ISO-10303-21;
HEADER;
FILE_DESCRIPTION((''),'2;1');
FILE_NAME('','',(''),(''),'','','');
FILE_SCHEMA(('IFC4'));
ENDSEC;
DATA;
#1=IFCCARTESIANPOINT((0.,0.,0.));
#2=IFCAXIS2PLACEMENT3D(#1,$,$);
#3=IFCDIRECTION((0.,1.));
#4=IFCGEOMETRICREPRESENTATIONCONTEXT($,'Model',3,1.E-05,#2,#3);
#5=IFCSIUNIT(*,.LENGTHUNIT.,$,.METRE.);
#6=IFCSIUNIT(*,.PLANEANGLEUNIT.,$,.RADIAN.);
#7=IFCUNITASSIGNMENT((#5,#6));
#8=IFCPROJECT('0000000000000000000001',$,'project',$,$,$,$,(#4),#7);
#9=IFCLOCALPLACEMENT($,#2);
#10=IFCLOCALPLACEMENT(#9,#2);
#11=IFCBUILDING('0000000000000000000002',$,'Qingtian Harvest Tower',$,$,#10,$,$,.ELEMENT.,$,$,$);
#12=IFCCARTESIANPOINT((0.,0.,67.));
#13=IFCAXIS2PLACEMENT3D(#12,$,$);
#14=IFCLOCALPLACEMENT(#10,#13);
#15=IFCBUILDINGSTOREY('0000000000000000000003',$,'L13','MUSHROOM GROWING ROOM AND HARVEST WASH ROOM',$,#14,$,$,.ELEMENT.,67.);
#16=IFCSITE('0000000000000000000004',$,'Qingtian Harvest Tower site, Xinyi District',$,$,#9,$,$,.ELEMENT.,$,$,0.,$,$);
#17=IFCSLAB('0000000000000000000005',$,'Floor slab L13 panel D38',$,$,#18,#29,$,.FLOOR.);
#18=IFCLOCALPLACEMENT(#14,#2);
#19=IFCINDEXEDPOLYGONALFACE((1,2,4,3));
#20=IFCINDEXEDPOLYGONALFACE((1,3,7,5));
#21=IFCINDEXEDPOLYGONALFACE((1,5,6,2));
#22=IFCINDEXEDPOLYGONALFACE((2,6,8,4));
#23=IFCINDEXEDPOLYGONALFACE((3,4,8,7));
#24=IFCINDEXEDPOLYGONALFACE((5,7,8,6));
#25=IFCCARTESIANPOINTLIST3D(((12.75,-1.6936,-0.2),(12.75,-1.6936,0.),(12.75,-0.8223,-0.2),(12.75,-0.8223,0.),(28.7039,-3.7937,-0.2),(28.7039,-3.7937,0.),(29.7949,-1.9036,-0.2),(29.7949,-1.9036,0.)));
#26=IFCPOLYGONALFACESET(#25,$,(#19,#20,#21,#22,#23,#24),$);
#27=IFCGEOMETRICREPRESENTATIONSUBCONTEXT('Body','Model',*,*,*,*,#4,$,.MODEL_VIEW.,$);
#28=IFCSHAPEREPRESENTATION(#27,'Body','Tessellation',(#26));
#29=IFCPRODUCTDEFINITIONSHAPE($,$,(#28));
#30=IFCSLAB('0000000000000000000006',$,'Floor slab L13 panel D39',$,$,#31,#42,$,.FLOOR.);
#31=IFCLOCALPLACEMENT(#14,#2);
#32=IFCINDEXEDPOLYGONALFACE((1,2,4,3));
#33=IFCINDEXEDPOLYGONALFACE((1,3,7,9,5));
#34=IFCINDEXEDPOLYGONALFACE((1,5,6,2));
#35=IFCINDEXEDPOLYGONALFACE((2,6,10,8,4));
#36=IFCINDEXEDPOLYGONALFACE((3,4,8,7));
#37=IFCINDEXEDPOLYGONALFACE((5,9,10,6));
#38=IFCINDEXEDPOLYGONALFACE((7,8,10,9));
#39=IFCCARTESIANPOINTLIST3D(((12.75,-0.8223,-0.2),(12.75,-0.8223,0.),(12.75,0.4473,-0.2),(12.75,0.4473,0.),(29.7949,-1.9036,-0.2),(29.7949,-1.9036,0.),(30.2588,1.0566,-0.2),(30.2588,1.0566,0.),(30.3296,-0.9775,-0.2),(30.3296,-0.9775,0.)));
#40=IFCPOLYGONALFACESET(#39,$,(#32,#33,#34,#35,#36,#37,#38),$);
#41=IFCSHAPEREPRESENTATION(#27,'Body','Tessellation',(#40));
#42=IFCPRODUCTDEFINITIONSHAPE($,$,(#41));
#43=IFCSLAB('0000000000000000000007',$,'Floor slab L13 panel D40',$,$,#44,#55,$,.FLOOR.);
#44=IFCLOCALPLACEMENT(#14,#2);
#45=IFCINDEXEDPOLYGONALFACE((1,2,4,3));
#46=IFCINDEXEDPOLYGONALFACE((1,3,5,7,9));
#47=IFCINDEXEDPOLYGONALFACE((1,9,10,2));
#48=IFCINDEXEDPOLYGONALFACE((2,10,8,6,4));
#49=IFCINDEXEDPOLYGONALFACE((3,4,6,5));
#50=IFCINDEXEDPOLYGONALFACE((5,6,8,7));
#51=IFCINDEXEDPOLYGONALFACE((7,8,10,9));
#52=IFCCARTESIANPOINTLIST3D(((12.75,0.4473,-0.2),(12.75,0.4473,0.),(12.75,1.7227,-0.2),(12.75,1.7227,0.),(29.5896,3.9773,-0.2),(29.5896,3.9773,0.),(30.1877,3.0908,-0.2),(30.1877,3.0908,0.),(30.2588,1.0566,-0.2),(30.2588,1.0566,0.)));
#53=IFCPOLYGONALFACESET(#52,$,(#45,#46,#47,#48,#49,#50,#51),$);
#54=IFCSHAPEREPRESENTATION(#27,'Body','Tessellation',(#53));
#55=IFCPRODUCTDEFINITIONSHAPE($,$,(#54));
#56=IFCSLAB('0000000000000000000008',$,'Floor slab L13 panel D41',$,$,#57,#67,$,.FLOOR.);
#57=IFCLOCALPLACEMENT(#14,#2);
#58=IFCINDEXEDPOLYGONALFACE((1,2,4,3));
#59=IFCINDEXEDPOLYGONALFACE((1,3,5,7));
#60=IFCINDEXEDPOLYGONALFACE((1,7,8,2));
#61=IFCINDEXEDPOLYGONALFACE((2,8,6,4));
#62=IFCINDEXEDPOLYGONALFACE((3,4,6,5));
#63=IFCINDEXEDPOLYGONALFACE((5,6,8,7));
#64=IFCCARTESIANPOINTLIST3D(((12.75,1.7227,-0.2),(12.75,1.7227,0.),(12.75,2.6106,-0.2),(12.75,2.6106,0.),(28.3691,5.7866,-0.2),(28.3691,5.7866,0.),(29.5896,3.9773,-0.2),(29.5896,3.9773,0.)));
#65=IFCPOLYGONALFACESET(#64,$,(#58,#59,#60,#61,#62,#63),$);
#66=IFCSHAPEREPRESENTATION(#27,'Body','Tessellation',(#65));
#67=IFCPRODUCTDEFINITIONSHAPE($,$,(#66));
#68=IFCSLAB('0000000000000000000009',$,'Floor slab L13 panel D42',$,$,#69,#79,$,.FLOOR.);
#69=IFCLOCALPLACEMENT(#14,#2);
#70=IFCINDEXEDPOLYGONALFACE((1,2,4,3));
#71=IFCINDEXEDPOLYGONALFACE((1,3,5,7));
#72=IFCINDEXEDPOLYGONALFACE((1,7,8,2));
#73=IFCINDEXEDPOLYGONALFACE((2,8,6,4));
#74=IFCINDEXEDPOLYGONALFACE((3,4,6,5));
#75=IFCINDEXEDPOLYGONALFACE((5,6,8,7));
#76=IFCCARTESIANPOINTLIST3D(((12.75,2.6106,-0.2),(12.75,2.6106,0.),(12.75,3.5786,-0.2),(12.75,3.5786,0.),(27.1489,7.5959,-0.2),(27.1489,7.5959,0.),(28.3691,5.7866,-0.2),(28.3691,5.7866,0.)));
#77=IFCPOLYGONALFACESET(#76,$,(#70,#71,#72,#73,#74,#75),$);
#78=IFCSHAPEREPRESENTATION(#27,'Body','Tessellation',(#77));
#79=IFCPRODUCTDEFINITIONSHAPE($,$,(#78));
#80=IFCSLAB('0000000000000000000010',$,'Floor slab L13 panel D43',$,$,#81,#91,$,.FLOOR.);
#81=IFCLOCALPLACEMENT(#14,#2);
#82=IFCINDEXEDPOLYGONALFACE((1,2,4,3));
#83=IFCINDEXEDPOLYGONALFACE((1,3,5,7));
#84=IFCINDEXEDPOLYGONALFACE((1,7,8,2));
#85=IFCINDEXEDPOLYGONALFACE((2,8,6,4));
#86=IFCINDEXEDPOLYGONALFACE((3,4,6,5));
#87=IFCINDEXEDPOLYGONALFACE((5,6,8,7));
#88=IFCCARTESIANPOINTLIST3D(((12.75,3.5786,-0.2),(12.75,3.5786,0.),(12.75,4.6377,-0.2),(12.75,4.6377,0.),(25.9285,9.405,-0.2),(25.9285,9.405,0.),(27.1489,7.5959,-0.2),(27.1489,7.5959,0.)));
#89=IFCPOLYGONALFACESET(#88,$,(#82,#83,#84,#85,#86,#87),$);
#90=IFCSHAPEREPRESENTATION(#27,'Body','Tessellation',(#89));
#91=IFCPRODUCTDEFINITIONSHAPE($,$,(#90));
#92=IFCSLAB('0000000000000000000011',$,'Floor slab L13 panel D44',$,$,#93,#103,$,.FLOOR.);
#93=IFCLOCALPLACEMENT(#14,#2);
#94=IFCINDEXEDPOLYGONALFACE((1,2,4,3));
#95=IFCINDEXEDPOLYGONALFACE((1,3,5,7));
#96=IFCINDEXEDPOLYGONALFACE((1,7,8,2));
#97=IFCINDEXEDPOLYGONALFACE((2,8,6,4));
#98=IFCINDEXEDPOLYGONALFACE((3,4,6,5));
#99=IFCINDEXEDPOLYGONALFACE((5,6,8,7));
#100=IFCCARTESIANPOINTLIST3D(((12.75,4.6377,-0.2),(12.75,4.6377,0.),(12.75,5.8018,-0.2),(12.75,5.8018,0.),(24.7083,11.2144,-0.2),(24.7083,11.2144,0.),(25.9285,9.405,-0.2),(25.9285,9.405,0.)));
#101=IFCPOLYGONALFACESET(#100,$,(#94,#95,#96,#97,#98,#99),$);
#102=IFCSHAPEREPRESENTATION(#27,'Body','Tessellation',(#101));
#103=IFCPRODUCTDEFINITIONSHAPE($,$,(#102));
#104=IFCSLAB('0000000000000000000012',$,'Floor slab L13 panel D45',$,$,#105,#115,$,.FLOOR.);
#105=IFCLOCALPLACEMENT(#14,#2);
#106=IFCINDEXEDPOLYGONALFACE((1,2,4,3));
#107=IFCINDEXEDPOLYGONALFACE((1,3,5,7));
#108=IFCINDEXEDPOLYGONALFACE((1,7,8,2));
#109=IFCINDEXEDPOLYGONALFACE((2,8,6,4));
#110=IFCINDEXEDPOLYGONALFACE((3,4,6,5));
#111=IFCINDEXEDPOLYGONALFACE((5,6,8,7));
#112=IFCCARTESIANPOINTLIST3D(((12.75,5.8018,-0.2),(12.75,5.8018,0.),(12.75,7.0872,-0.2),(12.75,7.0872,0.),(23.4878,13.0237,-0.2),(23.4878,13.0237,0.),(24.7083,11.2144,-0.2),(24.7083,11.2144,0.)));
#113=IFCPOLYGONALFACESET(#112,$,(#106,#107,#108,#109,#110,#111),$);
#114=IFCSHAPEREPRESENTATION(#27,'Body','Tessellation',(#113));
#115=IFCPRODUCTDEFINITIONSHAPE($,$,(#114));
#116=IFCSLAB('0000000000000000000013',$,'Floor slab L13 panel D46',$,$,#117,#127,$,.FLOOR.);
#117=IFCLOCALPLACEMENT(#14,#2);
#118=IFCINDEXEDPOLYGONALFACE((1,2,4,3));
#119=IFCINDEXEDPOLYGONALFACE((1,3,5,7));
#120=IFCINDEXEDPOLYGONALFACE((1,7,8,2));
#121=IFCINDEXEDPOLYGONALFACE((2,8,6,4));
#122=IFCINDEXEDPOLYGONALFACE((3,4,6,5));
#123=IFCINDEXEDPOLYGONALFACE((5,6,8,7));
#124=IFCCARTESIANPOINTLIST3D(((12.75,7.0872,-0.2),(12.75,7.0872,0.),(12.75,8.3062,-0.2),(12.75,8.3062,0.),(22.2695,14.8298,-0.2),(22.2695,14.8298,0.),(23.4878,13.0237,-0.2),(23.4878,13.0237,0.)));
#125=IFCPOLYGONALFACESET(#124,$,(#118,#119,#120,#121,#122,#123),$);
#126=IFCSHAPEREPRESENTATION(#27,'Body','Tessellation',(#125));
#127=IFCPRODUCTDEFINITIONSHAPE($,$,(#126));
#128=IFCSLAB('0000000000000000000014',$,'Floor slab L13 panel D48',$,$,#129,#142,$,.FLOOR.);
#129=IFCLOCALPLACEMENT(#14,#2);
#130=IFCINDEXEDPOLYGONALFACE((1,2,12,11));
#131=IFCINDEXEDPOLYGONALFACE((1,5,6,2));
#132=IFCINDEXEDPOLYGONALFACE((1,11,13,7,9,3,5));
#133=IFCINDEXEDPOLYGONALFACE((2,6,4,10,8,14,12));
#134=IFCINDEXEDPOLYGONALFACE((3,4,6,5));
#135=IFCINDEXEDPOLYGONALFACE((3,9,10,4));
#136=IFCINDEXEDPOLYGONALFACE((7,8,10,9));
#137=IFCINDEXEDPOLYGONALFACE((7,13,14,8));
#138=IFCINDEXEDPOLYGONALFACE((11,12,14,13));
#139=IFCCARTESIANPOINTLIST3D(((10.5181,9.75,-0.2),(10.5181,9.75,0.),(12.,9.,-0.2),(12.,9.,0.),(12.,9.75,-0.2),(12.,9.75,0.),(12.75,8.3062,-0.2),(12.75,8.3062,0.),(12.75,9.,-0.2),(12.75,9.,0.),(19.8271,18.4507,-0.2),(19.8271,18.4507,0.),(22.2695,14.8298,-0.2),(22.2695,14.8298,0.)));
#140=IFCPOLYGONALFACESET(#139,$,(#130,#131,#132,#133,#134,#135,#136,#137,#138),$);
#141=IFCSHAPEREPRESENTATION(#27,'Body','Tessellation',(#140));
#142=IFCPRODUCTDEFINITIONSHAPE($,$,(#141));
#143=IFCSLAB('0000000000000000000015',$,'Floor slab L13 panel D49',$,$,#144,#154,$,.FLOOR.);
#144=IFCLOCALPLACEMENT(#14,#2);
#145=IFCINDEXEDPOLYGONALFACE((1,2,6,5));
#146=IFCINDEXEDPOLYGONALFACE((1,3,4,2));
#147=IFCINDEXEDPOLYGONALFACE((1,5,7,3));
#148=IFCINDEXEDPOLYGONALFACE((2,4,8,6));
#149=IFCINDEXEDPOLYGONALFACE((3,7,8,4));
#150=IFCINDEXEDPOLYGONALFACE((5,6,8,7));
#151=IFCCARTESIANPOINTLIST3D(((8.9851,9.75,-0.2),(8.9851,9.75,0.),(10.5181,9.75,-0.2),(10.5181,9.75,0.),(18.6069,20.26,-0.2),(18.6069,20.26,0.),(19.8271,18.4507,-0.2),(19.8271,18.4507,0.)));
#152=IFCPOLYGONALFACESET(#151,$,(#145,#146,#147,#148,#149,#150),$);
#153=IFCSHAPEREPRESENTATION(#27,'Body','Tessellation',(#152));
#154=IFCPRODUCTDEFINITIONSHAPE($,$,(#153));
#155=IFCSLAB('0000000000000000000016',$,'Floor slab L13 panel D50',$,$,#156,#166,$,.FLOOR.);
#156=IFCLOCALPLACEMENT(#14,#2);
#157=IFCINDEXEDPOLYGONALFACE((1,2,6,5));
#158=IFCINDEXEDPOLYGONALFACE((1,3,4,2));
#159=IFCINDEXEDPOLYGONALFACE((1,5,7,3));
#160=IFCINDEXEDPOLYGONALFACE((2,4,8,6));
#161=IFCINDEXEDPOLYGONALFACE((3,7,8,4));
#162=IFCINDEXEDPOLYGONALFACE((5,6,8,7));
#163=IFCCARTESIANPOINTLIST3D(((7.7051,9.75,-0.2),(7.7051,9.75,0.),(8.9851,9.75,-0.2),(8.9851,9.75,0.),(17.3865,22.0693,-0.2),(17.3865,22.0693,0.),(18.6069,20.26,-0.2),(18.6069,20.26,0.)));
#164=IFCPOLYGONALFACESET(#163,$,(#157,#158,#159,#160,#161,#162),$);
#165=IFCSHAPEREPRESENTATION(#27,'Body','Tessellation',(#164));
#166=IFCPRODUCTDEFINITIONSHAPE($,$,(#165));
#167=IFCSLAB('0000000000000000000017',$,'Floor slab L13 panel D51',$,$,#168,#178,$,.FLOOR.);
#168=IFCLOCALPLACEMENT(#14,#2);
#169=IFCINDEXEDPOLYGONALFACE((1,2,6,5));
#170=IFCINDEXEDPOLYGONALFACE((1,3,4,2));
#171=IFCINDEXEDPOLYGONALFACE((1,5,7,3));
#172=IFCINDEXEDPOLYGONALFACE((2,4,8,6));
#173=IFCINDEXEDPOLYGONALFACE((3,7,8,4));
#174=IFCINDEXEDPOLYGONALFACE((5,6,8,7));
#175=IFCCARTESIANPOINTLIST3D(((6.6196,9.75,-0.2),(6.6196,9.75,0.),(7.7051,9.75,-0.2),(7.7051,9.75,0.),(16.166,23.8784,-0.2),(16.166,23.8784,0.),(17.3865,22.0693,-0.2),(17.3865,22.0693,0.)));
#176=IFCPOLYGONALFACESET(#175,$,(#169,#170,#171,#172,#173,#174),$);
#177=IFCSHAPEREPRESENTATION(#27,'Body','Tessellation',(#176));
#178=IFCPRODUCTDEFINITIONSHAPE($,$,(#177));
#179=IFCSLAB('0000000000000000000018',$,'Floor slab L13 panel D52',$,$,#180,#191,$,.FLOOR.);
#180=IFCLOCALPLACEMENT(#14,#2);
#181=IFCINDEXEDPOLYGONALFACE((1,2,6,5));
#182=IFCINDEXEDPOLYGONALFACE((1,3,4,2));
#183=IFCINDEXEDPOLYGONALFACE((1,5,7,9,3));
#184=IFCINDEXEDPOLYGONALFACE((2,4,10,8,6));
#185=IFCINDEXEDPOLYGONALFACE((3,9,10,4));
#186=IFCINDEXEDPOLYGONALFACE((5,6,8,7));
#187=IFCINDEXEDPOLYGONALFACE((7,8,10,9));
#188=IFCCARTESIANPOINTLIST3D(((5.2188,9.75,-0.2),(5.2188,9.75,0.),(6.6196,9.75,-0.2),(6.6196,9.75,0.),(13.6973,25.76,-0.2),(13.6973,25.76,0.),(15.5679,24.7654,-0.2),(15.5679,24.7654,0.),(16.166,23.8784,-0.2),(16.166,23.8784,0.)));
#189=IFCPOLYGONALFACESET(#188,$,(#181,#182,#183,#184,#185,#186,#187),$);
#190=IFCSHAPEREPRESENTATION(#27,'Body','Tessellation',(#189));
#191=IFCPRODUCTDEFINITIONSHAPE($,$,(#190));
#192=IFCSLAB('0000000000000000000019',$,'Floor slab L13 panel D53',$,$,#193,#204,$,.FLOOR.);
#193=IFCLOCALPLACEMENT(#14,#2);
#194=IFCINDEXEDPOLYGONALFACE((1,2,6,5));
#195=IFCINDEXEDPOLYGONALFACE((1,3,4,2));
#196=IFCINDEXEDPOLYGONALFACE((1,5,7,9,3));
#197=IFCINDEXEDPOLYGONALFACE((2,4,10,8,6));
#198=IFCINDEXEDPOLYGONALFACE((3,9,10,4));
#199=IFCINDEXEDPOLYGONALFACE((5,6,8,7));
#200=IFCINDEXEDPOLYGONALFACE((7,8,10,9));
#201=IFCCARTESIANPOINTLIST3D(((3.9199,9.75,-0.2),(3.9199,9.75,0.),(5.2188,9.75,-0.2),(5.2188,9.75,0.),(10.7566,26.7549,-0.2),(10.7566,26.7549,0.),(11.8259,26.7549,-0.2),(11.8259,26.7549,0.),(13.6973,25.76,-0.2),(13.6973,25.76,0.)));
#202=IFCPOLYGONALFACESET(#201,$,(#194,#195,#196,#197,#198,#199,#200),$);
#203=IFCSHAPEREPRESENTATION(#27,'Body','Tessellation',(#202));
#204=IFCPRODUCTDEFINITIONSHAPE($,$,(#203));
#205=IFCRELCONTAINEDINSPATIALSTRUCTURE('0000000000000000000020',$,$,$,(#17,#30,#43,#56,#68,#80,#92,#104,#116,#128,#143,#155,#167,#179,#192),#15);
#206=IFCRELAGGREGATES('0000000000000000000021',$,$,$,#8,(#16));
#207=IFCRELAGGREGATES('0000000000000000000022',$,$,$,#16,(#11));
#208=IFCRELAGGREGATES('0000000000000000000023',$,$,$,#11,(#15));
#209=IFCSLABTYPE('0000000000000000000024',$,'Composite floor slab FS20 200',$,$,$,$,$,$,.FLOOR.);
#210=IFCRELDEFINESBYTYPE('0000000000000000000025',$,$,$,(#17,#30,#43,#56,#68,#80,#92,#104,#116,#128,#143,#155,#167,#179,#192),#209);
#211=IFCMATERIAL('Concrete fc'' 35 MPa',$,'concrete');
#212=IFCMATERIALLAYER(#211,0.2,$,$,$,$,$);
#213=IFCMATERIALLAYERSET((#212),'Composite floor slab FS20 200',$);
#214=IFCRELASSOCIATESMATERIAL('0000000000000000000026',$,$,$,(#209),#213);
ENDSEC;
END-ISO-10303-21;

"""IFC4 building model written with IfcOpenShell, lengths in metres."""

from ifc_helpers import new_model, si_unit, direction, frame, origin, place, context, subcontext, project, spatial, polyline, outline, extrude, material, layer, layer_set, type_object, element, save


model = new_model("IFC4")

# Units and contexts
model_context = context("Model", 3, precision=1e-05, world=origin(), true_north=direction((0.0, 1.0)))
body_context = subcontext(model_context, "Body", "Model", "MODEL_VIEW")
ifc_project = project(units=[si_unit("LENGTHUNIT", "METRE"), si_unit("PLANEANGLEUNIT", "RADIAN")], contexts=[model_context])

# Site, building, storey
site_placement = place(None, origin())
site = spatial("IfcSite", under=ifc_project, at=site_placement, Name="Qingtian Harvest Tower site, Xinyi District", CompositionType="ELEMENT", RefElevation=0.0)
building_placement = place(site_placement, origin())
building = spatial("IfcBuilding", under=site, at=building_placement, Name="Qingtian Harvest Tower", CompositionType="ELEMENT")
storey_placement = place(building_placement, frame((0.0, 0.0, 67.0)))
storey = spatial("IfcBuildingStorey", under=building, at=storey_placement, Name="L13", Description="MUSHROOM GROWING ROOM AND HARVEST WASH ROOM", CompositionType="ELEMENT", Elevation=67.0)

# Slabs
ifc_material_1 = material(Name="Concrete fc' 35 MPa", Category="concrete")
ifc_layer_1 = layer(ifc_material_1, 0.2)
ifc_layer_set_1 = layer_set([ifc_layer_1], Name="Composite floor slab FS20 200")
slab_type = type_object("IfcSlabType", Name="Composite floor slab FS20 200", PredefinedType="FLOOR", material=ifc_layer_set_1)
slab_1_placement = place(storey_placement, frame((0.0, 0.0, -0.2)))
element("IfcSlab", 1, at=slab_1_placement, inside=storey, type_object=slab_type, Name="Floor slab L13 panel D38", PredefinedType="FLOOR", context=body_context, shape_type="SweptSolid", body=[
    extrude(outline(polyline([(12.75, -0.8223), (29.7949, -1.9036), (28.7039, -3.7937), (12.75, -1.6936), (12.75, -0.8223)])), origin(), (0.0, 0.0, 1.0), 0.2),
])
slab_2_placement = place(storey_placement, frame((0.0, 0.0, -0.2)))
element("IfcSlab", 2, at=slab_2_placement, inside=storey, type_object=slab_type, Name="Floor slab L13 panel D39", PredefinedType="FLOOR", context=body_context, shape_type="SweptSolid", body=[
    extrude(outline(polyline([(12.75, -0.8223), (12.75, 0.4473), (30.2588, 1.0566), (30.3296, -0.9775), (29.7949, -1.9036), (12.75, -0.8223)])), origin(), (0.0, 0.0, 1.0), 0.2),
])
slab_3_placement = place(storey_placement, frame((0.0, 0.0, -0.2)))
element("IfcSlab", 3, at=slab_3_placement, inside=storey, type_object=slab_type, Name="Floor slab L13 panel D40", PredefinedType="FLOOR", context=body_context, shape_type="SweptSolid", body=[
    extrude(outline(polyline([(12.75, 0.4473), (12.75, 1.7227), (29.5896, 3.9773), (30.1877, 3.0908), (30.2588, 1.0566), (12.75, 0.4473)])), origin(), (0.0, 0.0, 1.0), 0.2),
])
slab_4_placement = place(storey_placement, frame((0.0, 0.0, -0.2)))
element("IfcSlab", 4, at=slab_4_placement, inside=storey, type_object=slab_type, Name="Floor slab L13 panel D41", PredefinedType="FLOOR", context=body_context, shape_type="SweptSolid", body=[
    extrude(outline(polyline([(12.75, 2.6106), (28.3691, 5.7866), (29.5896, 3.9773), (12.75, 1.7227), (12.75, 2.6106)])), origin(), (0.0, 0.0, 1.0), 0.2),
])
slab_5_placement = place(storey_placement, frame((0.0, 0.0, -0.2)))
element("IfcSlab", 5, at=slab_5_placement, inside=storey, type_object=slab_type, Name="Floor slab L13 panel D42", PredefinedType="FLOOR", context=body_context, shape_type="SweptSolid", body=[
    extrude(outline(polyline([(12.75, 3.5786), (27.1489, 7.5959), (28.3691, 5.7866), (12.75, 2.6106), (12.75, 3.5786)])), origin(), (0.0, 0.0, 1.0), 0.2),
])
slab_6_placement = place(storey_placement, frame((0.0, 0.0, -0.2)))
element("IfcSlab", 6, at=slab_6_placement, inside=storey, type_object=slab_type, Name="Floor slab L13 panel D43", PredefinedType="FLOOR", context=body_context, shape_type="SweptSolid", body=[
    extrude(outline(polyline([(12.75, 4.6377), (25.9285, 9.405), (27.1489, 7.5959), (12.75, 3.5786), (12.75, 4.6377)])), origin(), (0.0, 0.0, 1.0), 0.2),
])
slab_7_placement = place(storey_placement, frame((0.0, 0.0, -0.2)))
element("IfcSlab", 7, at=slab_7_placement, inside=storey, type_object=slab_type, Name="Floor slab L13 panel D44", PredefinedType="FLOOR", context=body_context, shape_type="SweptSolid", body=[
    extrude(outline(polyline([(12.75, 5.8018), (24.7083, 11.2144), (25.9285, 9.405), (12.75, 4.6377), (12.75, 5.8018)])), origin(), (0.0, 0.0, 1.0), 0.2),
])
slab_8_placement = place(storey_placement, frame((0.0, 0.0, -0.2)))
element("IfcSlab", 8, at=slab_8_placement, inside=storey, type_object=slab_type, Name="Floor slab L13 panel D45", PredefinedType="FLOOR", context=body_context, shape_type="SweptSolid", body=[
    extrude(outline(polyline([(12.75, 7.0872), (23.4878, 13.0237), (24.7083, 11.2144), (12.75, 5.8018), (12.75, 7.0872)])), origin(), (0.0, 0.0, 1.0), 0.2),
])
slab_9_placement = place(storey_placement, frame((0.0, 0.0, -0.2)))
element("IfcSlab", 9, at=slab_9_placement, inside=storey, type_object=slab_type, Name="Floor slab L13 panel D46", PredefinedType="FLOOR", context=body_context, shape_type="SweptSolid", body=[
    extrude(outline(polyline([(12.75, 8.3062), (22.2695, 14.8298), (23.4878, 13.0237), (12.75, 7.0872), (12.75, 8.3062)])), origin(), (0.0, 0.0, 1.0), 0.2),
])
slab_10_placement = place(storey_placement, frame((0.0, 0.0, -0.2)))
element("IfcSlab", 10, at=slab_10_placement, inside=storey, type_object=slab_type, Name="Floor slab L13 panel D48", PredefinedType="FLOOR", context=body_context, shape_type="SweptSolid", body=[
    extrude(outline(polyline([(19.8271, 18.4507), (22.2695, 14.8298), (12.75, 8.3062), (12.75, 9.0), (12.0, 9.0), (12.0, 9.75), (10.5181, 9.75), (19.8271, 18.4507)])), origin(), (0.0, 0.0, 1.0), 0.2),
])
slab_11_placement = place(storey_placement, frame((0.0, 0.0, -0.2)))
element("IfcSlab", 11, at=slab_11_placement, inside=storey, type_object=slab_type, Name="Floor slab L13 panel D49", PredefinedType="FLOOR", context=body_context, shape_type="SweptSolid", body=[
    extrude(outline(polyline([(8.9851, 9.75), (18.6069, 20.26), (19.8271, 18.4507), (10.5181, 9.75), (8.9851, 9.75)])), origin(), (0.0, 0.0, 1.0), 0.2),
])
slab_12_placement = place(storey_placement, frame((0.0, 0.0, -0.2)))
element("IfcSlab", 12, at=slab_12_placement, inside=storey, type_object=slab_type, Name="Floor slab L13 panel D50", PredefinedType="FLOOR", context=body_context, shape_type="SweptSolid", body=[
    extrude(outline(polyline([(7.7051, 9.75), (17.3865, 22.0693), (18.6069, 20.26), (8.9851, 9.75), (7.7051, 9.75)])), origin(), (0.0, 0.0, 1.0), 0.2),
])
slab_13_placement = place(storey_placement, frame((0.0, 0.0, -0.2)))
element("IfcSlab", 13, at=slab_13_placement, inside=storey, type_object=slab_type, Name="Floor slab L13 panel D51", PredefinedType="FLOOR", context=body_context, shape_type="SweptSolid", body=[
    extrude(outline(polyline([(6.6196, 9.75), (16.166, 23.8784), (17.3865, 22.0693), (7.7051, 9.75), (6.6196, 9.75)])), origin(), (0.0, 0.0, 1.0), 0.2),
])
slab_14_placement = place(storey_placement, frame((0.0, 0.0, -0.2)))
element("IfcSlab", 14, at=slab_14_placement, inside=storey, type_object=slab_type, Name="Floor slab L13 panel D52", PredefinedType="FLOOR", context=body_context, shape_type="SweptSolid", body=[
    extrude(outline(polyline([(6.6196, 9.75), (5.2188, 9.75), (13.6973, 25.76), (15.5679, 24.7654), (16.166, 23.8784), (6.6196, 9.75)])), origin(), (0.0, 0.0, 1.0), 0.2),
])
slab_15_placement = place(storey_placement, frame((0.0, 0.0, -0.2)))
element("IfcSlab", 15, at=slab_15_placement, inside=storey, type_object=slab_type, Name="Floor slab L13 panel D53", PredefinedType="FLOOR", context=body_context, shape_type="SweptSolid", body=[
    extrude(outline(polyline([(3.9199, 9.75), (10.7566, 26.7549), (11.8259, 26.7549), (13.6973, 25.76), (5.2188, 9.75), (3.9199, 9.75)])), origin(), (0.0, 0.0, 1.0), 0.2),
])

save(model, "model.ifc")
